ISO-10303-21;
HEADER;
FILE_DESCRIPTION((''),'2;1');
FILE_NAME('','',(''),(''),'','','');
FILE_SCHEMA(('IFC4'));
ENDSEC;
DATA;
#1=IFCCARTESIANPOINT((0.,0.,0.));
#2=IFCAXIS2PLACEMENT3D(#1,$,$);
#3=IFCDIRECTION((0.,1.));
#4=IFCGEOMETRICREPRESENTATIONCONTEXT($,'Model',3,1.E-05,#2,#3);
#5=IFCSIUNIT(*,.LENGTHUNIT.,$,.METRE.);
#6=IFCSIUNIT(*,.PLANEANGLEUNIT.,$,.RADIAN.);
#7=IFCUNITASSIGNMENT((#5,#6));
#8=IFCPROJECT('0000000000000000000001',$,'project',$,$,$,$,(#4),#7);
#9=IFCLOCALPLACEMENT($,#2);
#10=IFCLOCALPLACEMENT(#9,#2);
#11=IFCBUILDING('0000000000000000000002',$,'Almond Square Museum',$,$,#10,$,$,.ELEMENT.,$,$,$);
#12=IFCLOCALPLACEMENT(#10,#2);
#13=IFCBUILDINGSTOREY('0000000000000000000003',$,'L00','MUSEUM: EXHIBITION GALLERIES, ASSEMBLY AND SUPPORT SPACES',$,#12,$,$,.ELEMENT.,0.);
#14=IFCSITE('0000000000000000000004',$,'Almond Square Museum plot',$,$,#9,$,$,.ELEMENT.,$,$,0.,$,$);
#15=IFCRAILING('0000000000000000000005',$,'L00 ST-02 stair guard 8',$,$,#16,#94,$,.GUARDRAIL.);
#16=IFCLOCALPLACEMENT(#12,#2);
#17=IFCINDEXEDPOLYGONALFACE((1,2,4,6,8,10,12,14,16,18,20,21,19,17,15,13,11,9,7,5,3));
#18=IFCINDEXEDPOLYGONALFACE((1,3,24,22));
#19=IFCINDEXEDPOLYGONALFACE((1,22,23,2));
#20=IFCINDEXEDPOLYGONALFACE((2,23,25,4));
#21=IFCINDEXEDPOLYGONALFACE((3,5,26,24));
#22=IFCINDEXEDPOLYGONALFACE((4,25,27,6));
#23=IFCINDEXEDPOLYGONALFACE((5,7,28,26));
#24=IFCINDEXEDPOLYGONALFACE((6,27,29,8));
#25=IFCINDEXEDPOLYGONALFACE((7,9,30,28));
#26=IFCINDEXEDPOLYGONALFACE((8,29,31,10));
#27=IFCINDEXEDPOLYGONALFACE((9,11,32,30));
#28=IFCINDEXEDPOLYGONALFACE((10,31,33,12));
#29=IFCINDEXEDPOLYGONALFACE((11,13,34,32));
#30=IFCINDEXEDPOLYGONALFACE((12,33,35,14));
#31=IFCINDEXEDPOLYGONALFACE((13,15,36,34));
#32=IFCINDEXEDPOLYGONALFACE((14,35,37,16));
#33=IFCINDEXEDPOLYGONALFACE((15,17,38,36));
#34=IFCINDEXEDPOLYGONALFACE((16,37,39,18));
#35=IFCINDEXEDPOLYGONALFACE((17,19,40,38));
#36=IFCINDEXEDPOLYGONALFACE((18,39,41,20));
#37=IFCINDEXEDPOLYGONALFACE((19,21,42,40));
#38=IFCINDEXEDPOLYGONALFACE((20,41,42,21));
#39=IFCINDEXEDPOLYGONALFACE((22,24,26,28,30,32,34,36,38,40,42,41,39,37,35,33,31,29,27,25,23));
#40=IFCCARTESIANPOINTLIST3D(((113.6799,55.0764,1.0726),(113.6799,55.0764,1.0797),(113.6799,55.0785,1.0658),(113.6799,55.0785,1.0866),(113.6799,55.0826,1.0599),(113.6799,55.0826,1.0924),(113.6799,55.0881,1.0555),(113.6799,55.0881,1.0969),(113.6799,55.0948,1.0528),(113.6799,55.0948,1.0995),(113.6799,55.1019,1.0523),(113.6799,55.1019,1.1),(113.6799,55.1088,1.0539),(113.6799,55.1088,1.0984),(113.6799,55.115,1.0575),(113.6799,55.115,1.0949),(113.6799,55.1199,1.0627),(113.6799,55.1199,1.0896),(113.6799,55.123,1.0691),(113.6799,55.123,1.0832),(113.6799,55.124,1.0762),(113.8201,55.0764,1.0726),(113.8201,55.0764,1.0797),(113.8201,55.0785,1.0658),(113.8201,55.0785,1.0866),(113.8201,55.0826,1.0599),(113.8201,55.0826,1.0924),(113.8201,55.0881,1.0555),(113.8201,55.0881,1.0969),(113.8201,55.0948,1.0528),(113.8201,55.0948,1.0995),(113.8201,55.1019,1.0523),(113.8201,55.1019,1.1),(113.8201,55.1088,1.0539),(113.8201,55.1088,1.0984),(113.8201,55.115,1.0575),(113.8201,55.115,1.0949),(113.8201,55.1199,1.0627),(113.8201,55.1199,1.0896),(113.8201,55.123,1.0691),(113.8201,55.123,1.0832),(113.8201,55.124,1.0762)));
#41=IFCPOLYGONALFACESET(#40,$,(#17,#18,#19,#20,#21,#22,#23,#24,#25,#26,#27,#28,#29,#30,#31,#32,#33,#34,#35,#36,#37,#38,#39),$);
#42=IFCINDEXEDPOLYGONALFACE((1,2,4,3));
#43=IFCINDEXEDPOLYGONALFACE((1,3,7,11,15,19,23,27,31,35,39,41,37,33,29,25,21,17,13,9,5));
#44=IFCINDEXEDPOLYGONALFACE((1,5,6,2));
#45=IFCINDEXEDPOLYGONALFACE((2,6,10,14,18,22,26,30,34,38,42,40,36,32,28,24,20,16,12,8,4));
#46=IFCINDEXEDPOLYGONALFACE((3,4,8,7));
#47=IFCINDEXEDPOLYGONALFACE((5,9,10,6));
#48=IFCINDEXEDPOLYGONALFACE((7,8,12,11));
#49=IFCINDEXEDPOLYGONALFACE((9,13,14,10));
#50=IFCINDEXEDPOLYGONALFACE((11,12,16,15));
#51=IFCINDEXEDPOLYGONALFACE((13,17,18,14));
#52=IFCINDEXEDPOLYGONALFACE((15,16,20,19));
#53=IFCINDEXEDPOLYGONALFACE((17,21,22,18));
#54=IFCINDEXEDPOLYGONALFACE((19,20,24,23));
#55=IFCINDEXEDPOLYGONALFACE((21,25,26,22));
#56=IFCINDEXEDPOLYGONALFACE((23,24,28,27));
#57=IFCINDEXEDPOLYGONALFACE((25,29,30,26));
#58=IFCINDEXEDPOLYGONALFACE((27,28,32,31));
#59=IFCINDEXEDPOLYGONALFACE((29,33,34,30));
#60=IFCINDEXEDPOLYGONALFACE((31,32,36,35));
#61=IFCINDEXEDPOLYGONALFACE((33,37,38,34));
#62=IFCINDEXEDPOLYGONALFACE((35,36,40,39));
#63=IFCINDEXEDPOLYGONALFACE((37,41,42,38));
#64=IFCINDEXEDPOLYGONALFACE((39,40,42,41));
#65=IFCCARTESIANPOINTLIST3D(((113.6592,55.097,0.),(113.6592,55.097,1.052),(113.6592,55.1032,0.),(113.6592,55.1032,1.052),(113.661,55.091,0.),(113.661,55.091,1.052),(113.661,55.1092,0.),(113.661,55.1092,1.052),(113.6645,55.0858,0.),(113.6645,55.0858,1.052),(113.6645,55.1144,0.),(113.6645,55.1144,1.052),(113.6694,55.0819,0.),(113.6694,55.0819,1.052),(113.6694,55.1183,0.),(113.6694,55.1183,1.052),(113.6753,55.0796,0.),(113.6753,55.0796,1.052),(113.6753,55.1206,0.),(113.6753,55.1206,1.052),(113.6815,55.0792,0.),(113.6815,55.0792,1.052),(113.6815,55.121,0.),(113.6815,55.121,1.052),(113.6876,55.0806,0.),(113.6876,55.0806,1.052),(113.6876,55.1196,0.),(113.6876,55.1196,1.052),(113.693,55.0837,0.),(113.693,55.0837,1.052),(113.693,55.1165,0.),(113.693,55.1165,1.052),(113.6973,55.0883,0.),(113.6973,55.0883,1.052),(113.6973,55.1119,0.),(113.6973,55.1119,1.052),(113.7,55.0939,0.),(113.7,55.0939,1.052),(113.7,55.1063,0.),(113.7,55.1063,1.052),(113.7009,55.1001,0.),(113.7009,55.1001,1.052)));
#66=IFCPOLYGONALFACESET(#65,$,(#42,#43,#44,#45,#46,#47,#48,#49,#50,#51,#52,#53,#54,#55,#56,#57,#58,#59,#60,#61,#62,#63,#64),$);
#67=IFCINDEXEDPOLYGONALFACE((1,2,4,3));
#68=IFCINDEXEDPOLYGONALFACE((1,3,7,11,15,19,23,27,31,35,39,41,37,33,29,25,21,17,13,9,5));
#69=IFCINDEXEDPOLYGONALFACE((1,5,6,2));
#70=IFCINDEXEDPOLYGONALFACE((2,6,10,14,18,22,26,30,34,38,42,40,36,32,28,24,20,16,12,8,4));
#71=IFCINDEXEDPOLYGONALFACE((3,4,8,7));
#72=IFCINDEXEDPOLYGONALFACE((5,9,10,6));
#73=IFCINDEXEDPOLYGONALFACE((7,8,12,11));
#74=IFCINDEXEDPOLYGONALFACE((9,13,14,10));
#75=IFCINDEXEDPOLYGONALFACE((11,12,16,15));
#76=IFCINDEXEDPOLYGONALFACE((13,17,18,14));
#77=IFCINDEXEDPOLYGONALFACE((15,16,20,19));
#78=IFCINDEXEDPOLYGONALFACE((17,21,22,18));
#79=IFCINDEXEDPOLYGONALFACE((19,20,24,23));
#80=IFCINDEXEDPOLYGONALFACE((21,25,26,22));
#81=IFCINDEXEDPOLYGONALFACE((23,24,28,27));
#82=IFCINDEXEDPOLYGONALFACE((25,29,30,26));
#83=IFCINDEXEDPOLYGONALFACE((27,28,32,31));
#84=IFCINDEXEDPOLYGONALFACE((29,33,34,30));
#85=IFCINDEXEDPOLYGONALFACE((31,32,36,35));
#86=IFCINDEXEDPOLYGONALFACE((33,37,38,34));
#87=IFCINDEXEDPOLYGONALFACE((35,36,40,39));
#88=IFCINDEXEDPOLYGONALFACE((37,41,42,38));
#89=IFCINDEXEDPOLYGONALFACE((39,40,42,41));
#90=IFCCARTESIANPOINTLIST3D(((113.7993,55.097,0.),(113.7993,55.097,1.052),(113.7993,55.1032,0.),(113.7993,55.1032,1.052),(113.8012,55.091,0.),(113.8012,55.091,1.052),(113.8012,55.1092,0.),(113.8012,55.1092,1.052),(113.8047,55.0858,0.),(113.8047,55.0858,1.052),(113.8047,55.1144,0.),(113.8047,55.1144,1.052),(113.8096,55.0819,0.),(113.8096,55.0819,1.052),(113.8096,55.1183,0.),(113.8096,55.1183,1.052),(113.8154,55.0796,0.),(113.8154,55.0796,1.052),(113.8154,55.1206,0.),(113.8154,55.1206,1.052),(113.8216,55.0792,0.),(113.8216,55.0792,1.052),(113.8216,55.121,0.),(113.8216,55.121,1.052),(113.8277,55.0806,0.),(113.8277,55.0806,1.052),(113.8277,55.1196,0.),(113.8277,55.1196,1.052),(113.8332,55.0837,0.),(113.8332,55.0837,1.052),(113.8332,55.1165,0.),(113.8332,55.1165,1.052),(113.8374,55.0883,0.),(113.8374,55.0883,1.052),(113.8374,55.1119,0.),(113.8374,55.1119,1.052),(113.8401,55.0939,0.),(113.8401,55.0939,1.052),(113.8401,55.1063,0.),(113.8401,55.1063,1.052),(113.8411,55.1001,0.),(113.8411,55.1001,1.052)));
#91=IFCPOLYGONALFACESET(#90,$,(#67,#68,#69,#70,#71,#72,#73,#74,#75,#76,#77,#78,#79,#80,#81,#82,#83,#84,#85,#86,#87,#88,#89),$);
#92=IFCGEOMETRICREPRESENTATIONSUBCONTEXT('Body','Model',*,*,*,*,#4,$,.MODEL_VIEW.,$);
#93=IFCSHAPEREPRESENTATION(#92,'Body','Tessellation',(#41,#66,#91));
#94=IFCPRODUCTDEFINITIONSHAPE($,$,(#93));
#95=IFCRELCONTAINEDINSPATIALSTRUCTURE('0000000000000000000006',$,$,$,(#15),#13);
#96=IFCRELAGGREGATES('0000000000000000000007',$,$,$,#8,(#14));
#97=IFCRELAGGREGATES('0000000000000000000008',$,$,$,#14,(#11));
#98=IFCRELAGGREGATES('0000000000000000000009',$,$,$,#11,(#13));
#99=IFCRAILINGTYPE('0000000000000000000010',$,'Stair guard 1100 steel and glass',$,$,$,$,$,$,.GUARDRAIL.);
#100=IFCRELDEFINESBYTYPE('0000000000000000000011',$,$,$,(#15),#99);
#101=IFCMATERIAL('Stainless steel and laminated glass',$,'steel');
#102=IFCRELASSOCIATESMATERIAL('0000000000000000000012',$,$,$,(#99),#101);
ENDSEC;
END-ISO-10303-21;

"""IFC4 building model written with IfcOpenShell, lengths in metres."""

from ifc_helpers import new_model, si_unit, direction, frame, origin, origin_2d, place, context, subcontext, project, spatial, circle, extrude, material, type_object, element, save


model = new_model("IFC4")

# Units and contexts
model_context = context("Model", 3, precision=1e-05, world=origin(), true_north=direction((0.0, 1.0)))
body_context = subcontext(model_context, "Body", "Model", "MODEL_VIEW")
ifc_project = project(units=[si_unit("LENGTHUNIT", "METRE"), si_unit("PLANEANGLEUNIT", "RADIAN")], contexts=[model_context])

# Site, building, storey
site_placement = place(None, origin())
site = spatial("IfcSite", under=ifc_project, at=site_placement, Name="Almond Square Museum plot", CompositionType="ELEMENT", RefElevation=0.0)
building_placement = place(site_placement, origin())
building = spatial("IfcBuilding", under=site, at=building_placement, Name="Almond Square Museum", CompositionType="ELEMENT")
storey_placement = place(building_placement, origin())
storey = spatial("IfcBuildingStorey", under=building, at=storey_placement, Name="L00", Description="MUSEUM: EXHIBITION GALLERIES, ASSEMBLY AND SUPPORT SPACES", CompositionType="ELEMENT", Elevation=0.0)

# Railing
ifc_material_1 = material(Name="Stainless steel and laminated glass", Category="steel")
railing_type_1 = type_object("IfcRailingType", Name="Stair guard 1100 steel and glass", PredefinedType="GUARDRAIL", material=ifc_material_1)
railing_1_placement = place(storey_placement, frame((113.6799, 55.1001, 0.0)))
element("IfcRailing", 1, at=railing_1_placement, inside=storey, type_object=railing_type_1, Name="L00 ST-02 stair guard 8", PredefinedType="GUARDRAIL", context=body_context, shape_type="SweptSolid", body=[
    extrude(circle(Radius=0.0239, at=origin_2d()), frame((0.0, 0.0, 1.0762), z_axis=(1.0, 0.0, 0.0), x_axis=(0.0, 1.0, 0.0)), (0.0, 0.0, 1.0), 0.1401),
    extrude(circle(Radius=0.021, at=origin_2d()), origin(), (0.0, 0.0, 1.0), 1.052),
    extrude(circle(Radius=0.021, at=origin_2d()), frame((0.1401, 0.0, 0.0)), (0.0, 0.0, 1.0), 1.052),
])

save(model, "model.ifc")
